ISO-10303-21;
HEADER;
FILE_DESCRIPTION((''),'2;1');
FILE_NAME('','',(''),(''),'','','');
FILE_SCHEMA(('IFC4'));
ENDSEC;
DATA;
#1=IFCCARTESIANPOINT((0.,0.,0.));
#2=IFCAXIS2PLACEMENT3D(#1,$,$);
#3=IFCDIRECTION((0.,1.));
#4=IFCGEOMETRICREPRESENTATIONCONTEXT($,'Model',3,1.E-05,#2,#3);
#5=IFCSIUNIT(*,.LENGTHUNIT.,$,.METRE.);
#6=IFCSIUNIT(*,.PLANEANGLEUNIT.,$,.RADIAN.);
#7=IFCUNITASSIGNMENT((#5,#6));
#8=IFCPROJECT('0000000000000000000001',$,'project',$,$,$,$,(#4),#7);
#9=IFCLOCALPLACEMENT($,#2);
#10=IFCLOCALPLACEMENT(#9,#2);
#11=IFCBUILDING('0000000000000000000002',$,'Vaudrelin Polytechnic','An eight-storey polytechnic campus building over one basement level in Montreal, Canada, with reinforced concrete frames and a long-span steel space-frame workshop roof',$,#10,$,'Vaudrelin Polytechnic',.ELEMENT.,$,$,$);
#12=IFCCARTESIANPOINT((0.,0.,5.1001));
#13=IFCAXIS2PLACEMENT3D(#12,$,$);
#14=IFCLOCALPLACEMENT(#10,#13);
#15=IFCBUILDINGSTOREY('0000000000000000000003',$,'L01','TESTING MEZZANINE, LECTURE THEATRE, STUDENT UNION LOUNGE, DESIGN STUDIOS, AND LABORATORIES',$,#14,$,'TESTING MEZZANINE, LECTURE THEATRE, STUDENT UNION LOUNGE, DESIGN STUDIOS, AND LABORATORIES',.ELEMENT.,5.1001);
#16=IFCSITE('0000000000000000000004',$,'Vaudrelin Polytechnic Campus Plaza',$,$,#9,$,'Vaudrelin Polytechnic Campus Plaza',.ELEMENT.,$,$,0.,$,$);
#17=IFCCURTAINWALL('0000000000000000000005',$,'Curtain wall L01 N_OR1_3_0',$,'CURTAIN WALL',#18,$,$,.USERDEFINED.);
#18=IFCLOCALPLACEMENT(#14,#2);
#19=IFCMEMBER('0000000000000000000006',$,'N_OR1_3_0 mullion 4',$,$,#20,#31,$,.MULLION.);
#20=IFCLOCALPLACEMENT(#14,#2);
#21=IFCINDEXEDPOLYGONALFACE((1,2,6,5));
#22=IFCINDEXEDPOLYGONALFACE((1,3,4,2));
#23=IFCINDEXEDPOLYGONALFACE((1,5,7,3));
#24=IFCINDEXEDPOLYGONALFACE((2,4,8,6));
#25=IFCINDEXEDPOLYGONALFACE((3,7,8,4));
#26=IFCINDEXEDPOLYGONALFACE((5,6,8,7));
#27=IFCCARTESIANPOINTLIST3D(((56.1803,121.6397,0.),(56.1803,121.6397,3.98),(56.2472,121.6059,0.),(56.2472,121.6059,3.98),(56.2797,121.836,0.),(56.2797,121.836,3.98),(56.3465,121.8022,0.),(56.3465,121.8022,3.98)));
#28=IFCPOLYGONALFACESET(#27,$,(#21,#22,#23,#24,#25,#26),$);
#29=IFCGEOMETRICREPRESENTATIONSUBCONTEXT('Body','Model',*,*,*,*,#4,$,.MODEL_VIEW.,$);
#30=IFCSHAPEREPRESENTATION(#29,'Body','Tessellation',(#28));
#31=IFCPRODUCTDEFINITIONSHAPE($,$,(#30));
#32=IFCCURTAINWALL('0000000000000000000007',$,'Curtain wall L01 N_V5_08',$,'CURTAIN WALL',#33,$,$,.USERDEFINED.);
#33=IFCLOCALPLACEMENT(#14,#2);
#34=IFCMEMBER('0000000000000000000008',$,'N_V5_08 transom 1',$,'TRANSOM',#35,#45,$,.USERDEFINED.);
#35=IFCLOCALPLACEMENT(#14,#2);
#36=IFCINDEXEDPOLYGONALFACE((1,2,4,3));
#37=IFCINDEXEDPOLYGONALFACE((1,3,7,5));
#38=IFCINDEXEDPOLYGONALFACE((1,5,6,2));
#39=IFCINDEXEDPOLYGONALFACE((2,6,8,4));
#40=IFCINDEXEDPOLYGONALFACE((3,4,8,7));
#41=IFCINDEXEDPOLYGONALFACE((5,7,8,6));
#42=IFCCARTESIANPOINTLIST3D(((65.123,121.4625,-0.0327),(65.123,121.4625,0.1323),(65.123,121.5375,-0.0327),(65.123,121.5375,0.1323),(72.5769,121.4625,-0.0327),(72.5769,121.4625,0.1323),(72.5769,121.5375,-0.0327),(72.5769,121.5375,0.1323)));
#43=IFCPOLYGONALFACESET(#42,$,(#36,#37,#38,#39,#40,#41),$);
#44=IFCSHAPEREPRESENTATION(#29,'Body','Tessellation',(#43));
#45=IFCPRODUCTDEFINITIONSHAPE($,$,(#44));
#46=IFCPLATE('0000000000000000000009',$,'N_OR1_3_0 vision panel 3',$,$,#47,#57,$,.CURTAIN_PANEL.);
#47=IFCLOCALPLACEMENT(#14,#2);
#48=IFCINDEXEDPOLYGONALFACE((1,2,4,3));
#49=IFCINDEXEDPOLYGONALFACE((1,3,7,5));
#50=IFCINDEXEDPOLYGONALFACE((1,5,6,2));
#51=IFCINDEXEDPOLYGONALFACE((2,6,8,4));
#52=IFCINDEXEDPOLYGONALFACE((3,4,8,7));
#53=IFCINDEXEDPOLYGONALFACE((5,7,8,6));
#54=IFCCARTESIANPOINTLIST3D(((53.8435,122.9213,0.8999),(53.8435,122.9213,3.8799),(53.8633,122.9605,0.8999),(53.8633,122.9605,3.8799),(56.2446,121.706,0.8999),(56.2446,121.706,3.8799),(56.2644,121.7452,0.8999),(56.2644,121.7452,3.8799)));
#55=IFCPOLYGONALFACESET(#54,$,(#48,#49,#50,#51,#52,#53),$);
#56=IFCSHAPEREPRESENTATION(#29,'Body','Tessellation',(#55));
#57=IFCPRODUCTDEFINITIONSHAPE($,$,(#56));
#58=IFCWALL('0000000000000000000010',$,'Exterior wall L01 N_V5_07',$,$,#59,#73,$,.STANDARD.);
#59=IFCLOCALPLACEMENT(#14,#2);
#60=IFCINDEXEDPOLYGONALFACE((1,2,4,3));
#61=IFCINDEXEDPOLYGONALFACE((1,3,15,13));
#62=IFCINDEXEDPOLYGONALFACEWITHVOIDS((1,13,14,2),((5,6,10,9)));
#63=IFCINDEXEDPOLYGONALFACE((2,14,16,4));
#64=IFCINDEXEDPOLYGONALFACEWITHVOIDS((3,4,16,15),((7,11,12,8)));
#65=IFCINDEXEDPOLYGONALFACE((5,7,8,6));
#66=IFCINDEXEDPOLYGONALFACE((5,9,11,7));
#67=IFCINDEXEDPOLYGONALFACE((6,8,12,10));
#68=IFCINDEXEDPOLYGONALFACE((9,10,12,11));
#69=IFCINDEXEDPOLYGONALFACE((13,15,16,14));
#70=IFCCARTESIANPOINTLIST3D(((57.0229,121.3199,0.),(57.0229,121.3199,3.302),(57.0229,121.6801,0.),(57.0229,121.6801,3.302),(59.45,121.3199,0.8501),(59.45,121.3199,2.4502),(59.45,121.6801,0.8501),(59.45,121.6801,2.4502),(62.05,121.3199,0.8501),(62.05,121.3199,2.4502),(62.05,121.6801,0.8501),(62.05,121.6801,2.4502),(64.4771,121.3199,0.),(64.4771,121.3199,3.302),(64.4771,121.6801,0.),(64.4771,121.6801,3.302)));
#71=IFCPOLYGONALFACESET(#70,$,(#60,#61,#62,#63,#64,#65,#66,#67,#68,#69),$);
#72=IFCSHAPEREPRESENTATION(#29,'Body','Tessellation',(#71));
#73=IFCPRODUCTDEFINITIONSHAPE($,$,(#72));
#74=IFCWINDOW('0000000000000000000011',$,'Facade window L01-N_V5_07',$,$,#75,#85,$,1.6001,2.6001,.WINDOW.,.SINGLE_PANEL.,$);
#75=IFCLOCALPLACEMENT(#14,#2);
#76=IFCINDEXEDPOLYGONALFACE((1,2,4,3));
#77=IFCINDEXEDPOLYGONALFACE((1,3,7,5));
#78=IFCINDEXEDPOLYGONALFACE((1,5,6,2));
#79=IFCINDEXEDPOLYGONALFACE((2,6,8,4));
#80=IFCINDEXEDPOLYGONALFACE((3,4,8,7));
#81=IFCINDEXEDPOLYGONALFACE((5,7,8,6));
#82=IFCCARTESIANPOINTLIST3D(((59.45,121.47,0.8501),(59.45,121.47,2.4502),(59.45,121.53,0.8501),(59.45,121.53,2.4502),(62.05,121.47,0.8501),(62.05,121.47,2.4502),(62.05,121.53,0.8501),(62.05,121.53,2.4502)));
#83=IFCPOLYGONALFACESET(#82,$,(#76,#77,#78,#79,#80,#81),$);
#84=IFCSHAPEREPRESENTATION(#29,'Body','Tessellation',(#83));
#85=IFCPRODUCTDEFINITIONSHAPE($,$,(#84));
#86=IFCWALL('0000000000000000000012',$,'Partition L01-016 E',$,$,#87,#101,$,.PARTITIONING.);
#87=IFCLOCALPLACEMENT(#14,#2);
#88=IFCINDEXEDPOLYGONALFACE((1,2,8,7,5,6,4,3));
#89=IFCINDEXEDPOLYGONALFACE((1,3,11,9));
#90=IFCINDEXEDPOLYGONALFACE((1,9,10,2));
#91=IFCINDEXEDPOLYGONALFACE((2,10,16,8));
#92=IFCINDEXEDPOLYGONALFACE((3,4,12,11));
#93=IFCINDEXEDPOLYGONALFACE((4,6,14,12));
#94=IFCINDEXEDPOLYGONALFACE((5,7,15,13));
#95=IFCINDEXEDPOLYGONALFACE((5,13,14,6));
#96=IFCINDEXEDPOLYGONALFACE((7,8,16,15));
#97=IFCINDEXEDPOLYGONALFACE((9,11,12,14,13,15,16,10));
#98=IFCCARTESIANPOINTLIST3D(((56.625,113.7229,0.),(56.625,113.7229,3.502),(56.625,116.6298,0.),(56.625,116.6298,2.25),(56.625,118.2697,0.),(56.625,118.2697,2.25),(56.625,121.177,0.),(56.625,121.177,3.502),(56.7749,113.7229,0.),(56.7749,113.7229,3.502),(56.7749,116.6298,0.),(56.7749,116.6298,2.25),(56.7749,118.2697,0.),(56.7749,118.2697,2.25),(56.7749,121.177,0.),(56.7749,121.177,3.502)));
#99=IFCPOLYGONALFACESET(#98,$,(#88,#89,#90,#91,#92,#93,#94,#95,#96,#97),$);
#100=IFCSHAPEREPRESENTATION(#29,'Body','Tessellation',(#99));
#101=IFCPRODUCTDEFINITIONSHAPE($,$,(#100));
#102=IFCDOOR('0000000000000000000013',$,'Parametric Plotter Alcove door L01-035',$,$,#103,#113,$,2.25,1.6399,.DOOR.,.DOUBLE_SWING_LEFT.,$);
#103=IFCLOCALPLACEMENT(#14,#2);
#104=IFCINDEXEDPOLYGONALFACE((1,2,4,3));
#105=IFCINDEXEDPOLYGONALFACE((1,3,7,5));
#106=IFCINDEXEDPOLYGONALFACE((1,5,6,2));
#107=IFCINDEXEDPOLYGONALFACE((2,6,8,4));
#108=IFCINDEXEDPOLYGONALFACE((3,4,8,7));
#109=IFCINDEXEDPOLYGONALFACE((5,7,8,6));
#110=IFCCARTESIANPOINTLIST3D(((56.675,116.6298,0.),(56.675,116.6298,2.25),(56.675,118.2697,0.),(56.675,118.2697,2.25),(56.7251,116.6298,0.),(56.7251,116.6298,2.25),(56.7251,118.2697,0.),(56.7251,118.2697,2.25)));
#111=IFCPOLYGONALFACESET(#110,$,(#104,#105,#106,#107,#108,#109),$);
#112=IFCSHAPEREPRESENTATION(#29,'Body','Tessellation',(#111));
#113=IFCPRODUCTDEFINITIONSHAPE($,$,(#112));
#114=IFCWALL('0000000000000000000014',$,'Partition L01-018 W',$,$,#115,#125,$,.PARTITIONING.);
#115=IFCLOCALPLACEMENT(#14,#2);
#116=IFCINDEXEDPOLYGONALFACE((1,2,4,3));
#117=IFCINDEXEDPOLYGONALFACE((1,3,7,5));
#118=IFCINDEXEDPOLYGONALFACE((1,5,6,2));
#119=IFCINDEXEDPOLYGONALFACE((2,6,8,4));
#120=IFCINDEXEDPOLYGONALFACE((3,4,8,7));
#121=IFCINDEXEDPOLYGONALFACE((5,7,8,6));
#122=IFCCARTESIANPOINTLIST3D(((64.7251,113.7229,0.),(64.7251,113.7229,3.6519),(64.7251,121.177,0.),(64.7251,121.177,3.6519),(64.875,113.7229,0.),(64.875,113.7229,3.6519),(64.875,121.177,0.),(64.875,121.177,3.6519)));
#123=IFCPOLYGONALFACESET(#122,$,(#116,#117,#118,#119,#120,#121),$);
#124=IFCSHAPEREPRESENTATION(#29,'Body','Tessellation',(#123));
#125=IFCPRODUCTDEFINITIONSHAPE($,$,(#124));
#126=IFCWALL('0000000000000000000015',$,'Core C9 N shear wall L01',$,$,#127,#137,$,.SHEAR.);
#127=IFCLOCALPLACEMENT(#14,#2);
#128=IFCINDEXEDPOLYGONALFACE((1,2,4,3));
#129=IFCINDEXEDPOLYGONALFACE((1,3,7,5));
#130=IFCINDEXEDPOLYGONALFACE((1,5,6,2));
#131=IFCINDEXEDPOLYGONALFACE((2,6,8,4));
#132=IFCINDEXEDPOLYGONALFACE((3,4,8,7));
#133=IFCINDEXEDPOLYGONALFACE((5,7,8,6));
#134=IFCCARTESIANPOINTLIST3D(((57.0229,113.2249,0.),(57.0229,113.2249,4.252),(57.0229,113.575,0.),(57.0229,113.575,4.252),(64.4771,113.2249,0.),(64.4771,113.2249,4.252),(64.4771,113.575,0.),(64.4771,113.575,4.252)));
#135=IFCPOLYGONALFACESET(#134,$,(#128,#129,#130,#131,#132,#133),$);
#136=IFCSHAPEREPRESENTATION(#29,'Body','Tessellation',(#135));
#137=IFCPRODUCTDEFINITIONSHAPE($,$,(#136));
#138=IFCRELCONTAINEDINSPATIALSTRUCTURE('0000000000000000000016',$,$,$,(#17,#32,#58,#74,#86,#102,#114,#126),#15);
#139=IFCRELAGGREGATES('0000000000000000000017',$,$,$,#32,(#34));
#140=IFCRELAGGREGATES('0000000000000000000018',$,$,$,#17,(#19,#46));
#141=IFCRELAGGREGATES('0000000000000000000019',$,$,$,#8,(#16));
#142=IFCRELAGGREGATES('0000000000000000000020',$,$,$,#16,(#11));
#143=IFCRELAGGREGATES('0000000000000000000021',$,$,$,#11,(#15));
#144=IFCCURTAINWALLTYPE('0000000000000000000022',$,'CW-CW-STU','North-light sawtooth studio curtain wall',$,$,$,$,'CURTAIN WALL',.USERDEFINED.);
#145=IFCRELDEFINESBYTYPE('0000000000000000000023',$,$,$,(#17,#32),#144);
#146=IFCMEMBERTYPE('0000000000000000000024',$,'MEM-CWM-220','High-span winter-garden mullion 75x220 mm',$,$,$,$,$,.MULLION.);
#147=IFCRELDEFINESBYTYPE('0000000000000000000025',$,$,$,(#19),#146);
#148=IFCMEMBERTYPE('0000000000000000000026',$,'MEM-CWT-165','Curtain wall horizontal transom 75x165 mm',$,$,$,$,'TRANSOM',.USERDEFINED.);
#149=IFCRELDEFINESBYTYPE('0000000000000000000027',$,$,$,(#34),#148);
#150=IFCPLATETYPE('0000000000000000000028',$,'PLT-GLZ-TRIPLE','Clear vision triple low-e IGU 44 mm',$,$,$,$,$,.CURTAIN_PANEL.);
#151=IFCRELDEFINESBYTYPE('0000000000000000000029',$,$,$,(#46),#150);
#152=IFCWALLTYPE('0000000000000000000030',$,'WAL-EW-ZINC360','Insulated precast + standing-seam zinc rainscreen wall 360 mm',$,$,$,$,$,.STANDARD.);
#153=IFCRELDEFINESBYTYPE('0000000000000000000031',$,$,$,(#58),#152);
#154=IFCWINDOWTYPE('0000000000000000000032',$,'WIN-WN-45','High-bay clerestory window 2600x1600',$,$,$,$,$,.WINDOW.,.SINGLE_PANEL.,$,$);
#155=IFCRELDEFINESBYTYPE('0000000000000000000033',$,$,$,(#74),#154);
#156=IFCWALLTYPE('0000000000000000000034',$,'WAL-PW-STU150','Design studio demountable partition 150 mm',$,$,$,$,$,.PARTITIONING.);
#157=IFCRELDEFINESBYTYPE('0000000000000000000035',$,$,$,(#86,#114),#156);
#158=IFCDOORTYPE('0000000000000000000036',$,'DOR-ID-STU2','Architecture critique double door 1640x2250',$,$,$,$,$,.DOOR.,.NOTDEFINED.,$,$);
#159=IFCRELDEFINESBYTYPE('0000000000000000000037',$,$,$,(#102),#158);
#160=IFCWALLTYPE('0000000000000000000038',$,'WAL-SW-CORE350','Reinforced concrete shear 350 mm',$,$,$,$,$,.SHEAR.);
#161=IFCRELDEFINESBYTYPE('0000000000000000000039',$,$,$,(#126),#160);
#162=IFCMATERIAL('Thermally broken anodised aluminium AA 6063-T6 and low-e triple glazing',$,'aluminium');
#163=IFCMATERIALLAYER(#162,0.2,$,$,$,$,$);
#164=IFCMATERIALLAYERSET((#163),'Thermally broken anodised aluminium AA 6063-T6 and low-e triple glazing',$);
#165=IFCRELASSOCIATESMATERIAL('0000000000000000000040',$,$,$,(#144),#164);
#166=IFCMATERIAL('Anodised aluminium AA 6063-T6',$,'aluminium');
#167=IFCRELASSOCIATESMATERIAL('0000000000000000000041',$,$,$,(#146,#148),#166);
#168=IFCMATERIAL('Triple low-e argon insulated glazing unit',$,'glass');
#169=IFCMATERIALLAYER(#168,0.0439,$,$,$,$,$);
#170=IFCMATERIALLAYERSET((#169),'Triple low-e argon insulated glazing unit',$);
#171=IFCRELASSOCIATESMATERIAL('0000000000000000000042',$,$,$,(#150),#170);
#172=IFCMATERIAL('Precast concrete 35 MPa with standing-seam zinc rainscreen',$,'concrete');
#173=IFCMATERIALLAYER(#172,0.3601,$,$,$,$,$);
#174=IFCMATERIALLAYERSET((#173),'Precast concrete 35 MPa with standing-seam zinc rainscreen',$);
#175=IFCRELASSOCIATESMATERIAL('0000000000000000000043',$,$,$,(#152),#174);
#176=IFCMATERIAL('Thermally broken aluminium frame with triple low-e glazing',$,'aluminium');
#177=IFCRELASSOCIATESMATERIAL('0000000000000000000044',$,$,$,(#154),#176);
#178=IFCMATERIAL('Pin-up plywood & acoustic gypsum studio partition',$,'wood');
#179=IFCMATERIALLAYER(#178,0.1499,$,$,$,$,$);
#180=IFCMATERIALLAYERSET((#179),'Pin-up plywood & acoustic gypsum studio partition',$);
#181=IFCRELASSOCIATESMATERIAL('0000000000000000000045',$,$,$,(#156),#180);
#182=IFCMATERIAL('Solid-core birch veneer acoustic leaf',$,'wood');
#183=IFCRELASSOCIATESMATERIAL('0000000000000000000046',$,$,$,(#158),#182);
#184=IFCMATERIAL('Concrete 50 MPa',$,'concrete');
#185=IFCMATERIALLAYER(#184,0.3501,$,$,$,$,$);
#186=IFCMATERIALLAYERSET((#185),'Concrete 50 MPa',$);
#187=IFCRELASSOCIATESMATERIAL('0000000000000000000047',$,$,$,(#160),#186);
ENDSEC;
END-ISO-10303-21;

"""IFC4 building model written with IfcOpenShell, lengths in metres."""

from ifc_helpers import new_model, si_unit, direction, frame, frame_2d, origin, origin_2d, place, context, subcontext, project, spatial, rectangle, extrude, material, layer, layer_set, material_profile, profile_set, type_object, element, fill, aggregate, save


model = new_model("IFC4")

# Units and contexts
model_context = context("Model", 3, precision=1e-05, world=origin(), true_north=direction((0.0, 1.0)))
body_context = subcontext(model_context, "Body", "Model", "MODEL_VIEW")
ifc_project = project(units=[si_unit("LENGTHUNIT", "METRE"), si_unit("PLANEANGLEUNIT", "RADIAN")], contexts=[model_context])

# Site, building, storey
site_placement = place(None, origin())
site = spatial("IfcSite", under=ifc_project, at=site_placement, Name="Vaudrelin Polytechnic Campus Plaza", LongName="Vaudrelin Polytechnic Campus Plaza", CompositionType="ELEMENT", RefElevation=0.0)
building_placement = place(site_placement, origin())
building = spatial("IfcBuilding", under=site, at=building_placement, Name="Vaudrelin Polytechnic", Description="An eight-storey polytechnic campus building over one basement level in Montreal, Canada, with reinforced concrete frames and a long-span steel space-frame workshop roof", LongName="Vaudrelin Polytechnic", CompositionType="ELEMENT")
storey_placement = place(building_placement, frame((0.0, 0.0, 5.1001)))
storey = spatial("IfcBuildingStorey", under=building, at=storey_placement, Name="L01", Description="TESTING MEZZANINE, LECTURE THEATRE, STUDENT UNION LOUNGE, DESIGN STUDIOS, AND LABORATORIES", LongName="TESTING MEZZANINE, LECTURE THEATRE, STUDENT UNION LOUNGE, DESIGN STUDIOS, AND LABORATORIES", CompositionType="ELEMENT", Elevation=5.1001)

# Shared definitions
ifc_material_1 = material(Name="Concrete 50 MPa", Category="concrete")

# Curtain walls, members
ifc_material_2 = material(Name="Thermally broken anodised aluminium AA 6063-T6 and low-e triple glazing", Category="aluminium")
ifc_layer_1 = layer(ifc_material_2, 0.2)
ifc_layer_set_1 = layer_set([ifc_layer_1], Name="Thermally broken anodised aluminium AA 6063-T6 and low-e triple glazing")
curtain_wall_type = type_object("IfcCurtainWallType", Name="CW-CW-STU", Description="North-light sawtooth studio curtain wall", ElementType="CURTAIN WALL", PredefinedType="USERDEFINED", material=ifc_layer_set_1)
curtain_wall_1_placement = place(storey_placement, origin())
curtain_wall_1 = element("IfcCurtainWall", 1, at=curtain_wall_1_placement, inside=storey, type_object=curtain_wall_type, Name="Curtain wall L01 N_OR1_3_0", ObjectType="CURTAIN WALL", PredefinedType="USERDEFINED")
ifc_material_3 = material(Name="Anodised aluminium AA 6063-T6", Category="aluminium")
ifc_material_profile_1 = material_profile(ifc_material_3, rectangle(XDim=0.075, YDim=0.22, at=origin_2d()), Name="CWM-75x220")
ifc_profile_set_1 = profile_set([ifc_material_profile_1], Name="Anodised aluminium AA 6063-T6")
member_type_1 = type_object("IfcMemberType", Name="MEM-CWM-220", Description="High-span winter-garden mullion 75x220 mm", PredefinedType="MULLION", material=ifc_profile_set_1)
member_1_placement = place(storey_placement, frame((56.2634, 121.7209, 0.0), z_axis=(0.0, 0.0, 1.0), x_axis=(0.892217, -0.451608, 0.0)))
member_1 = element("IfcMember", 2, at=member_1_placement, type_object=member_type_1, Name="N_OR1_3_0 mullion 4", PredefinedType="MULLION", context=body_context, shape_type="SweptSolid", body=[
    extrude(rectangle(XDim=0.075, YDim=0.22, at=origin_2d()), origin(), (0.0, 0.0, 1.0), 3.98),
])
curtain_wall_2_placement = place(storey_placement, origin())
curtain_wall_2 = element("IfcCurtainWall", 3, at=curtain_wall_2_placement, inside=storey, type_object=curtain_wall_type, Name="Curtain wall L01 N_V5_08", ObjectType="CURTAIN WALL", PredefinedType="USERDEFINED")
ifc_material_profile_2 = material_profile(ifc_material_3, rectangle(XDim=0.075, YDim=0.165, at=origin_2d()), Name="CWT-75x165")
ifc_profile_set_2 = profile_set([ifc_material_profile_2], Name="Anodised aluminium AA 6063-T6")
member_type_2 = type_object("IfcMemberType", Name="MEM-CWT-165", Description="Curtain wall horizontal transom 75x165 mm", ElementType="TRANSOM", PredefinedType="USERDEFINED", material=ifc_profile_set_2)
member_2_placement = place(storey_placement, frame((65.123, 121.5, 0.0498), z_axis=(1.0, 0.0, 0.0), x_axis=(0.0, 1.0, 0.0)))
member_2 = element("IfcMember", 4, at=member_2_placement, type_object=member_type_2, Name="N_V5_08 transom 1", ObjectType="TRANSOM", PredefinedType="USERDEFINED", context=body_context, shape_type="SweptSolid", body=[
    extrude(rectangle(XDim=0.075, YDim=0.165, at=origin_2d()), origin(), (0.0, 0.0, 1.0), 7.4539),
])
aggregate(curtain_wall_2, [member_2])

# Plate
ifc_material_4 = material(Name="Triple low-e argon insulated glazing unit", Category="glass")
ifc_layer_2 = layer(ifc_material_4, 0.0439)
ifc_layer_set_2 = layer_set([ifc_layer_2], Name="Triple low-e argon insulated glazing unit")
plate_type = type_object("IfcPlateType", Name="PLT-GLZ-TRIPLE", Description="Clear vision triple low-e IGU 44 mm", PredefinedType="CURTAIN_PANEL", material=ifc_layer_set_2)
plate_placement = place(storey_placement, frame((55.054, 122.3333, 0.8999), z_axis=(0.0, 0.0, 1.0), x_axis=(0.892217, -0.451608, 0.0)))
plate = element("IfcPlate", 5, at=plate_placement, type_object=plate_type, Name="N_OR1_3_0 vision panel 3", PredefinedType="CURTAIN_PANEL", context=body_context, shape_type="SweptSolid", body=[
    extrude(rectangle(XDim=2.6912, YDim=0.0439, at=origin_2d()), origin(), (0.0, 0.0, 1.0), 2.98),
])
aggregate(curtain_wall_1, [member_1, plate])

# Wall, opening, window
ifc_material_5 = material(Name="Precast concrete 35 MPa with standing-seam zinc rainscreen", Category="concrete")
ifc_layer_3 = layer(ifc_material_5, 0.3601)
ifc_layer_set_3 = layer_set([ifc_layer_3], Name="Precast concrete 35 MPa with standing-seam zinc rainscreen")
wall_type_1 = type_object("IfcWallType", Name="WAL-EW-ZINC360", Description="Insulated precast + standing-seam zinc rainscreen wall 360 mm", PredefinedType="STANDARD", material=ifc_layer_set_3)
wall_1_placement = place(storey_placement, frame((57.0229, 121.5, 0.0), z_axis=(0.0, 0.0, 1.0), x_axis=(1.0, 0.0, 0.0)))
wall_1 = element("IfcWall", 6, at=wall_1_placement, inside=storey, type_object=wall_type_1, Name="Exterior wall L01 N_V5_07", PredefinedType="STANDARD", context=body_context, shape_type="SweptSolid", body=[
    extrude(rectangle(XDim=7.4541, YDim=0.3601, at=frame_2d((3.7271, 0.0))), origin(), (0.0, 0.0, 1.0), 3.302),
])
opening_1_placement = place(wall_1_placement, frame((2.427, 0.0, 0.8501)))
opening_1 = element("IfcOpeningElement", 7, at=opening_1_placement, cuts=wall_1, PredefinedType="OPENING", context=body_context, shape_type="SweptSolid", body=[
    extrude(rectangle(XDim=2.6001, YDim=1.6001, at=frame_2d((1.3, 0.8))), frame((0.0, 0.1899, 0.0), z_axis=(0.0, -1.0, 0.0), x_axis=(1.0, 0.0, 0.0)), (0.0, 0.0, 1.0), 0.3801),
])
ifc_material_6 = material(Name="Thermally broken aluminium frame with triple low-e glazing", Category="aluminium")
window_type = type_object("IfcWindowType", Name="WIN-WN-45", Description="High-bay clerestory window 2600x1600", PartitioningType="SINGLE_PANEL", PredefinedType="WINDOW", material=ifc_material_6)
window_placement = place(opening_1_placement, origin())
window = element("IfcWindow", 8, at=window_placement, inside=storey, type_object=window_type, Name="Facade window L01-N_V5_07", OverallHeight=1.6001, OverallWidth=2.6001, PartitioningType="SINGLE_PANEL", PredefinedType="WINDOW", context=body_context, shape_type="SweptSolid", body=[
    extrude(rectangle(XDim=2.6001, YDim=1.6001, at=frame_2d((1.3, 0.8))), frame((0.0, 0.03, 0.0), z_axis=(0.0, -1.0, 0.0), x_axis=(1.0, 0.0, 0.0)), (0.0, 0.0, 1.0), 0.0601),
])
fill(opening_1, window)

# Wall, opening, door
ifc_material_7 = material(Name="Pin-up plywood & acoustic gypsum studio partition", Category="wood")
ifc_layer_4 = layer(ifc_material_7, 0.1499)
ifc_layer_set_4 = layer_set([ifc_layer_4], Name="Pin-up plywood & acoustic gypsum studio partition")
wall_type_2 = type_object("IfcWallType", Name="WAL-PW-STU150", Description="Design studio demountable partition 150 mm", PredefinedType="PARTITIONING", material=ifc_layer_set_4)
wall_2_placement = place(storey_placement, frame((56.7, 113.7229, 0.0), z_axis=(0.0, 0.0, 1.0), x_axis=(0.0, 1.0, 0.0)))
wall_2 = element("IfcWall", 9, at=wall_2_placement, inside=storey, type_object=wall_type_2, Name="Partition L01-016 E", PredefinedType="PARTITIONING", context=body_context, shape_type="SweptSolid", body=[
    extrude(rectangle(XDim=7.4541, YDim=0.1499, at=frame_2d((3.7271, 0.0))), origin(), (0.0, 0.0, 1.0), 3.502),
])
opening_2_placement = place(wall_2_placement, frame((2.907, 0.0, 0.0)))
opening_2 = element("IfcOpeningElement", 10, at=opening_2_placement, cuts=wall_2, PredefinedType="OPENING", context=body_context, shape_type="SweptSolid", body=[
    extrude(rectangle(XDim=1.6399, YDim=2.25, at=frame_2d((0.8198, 1.125))), frame((0.0, 0.085, 0.0), z_axis=(0.0, -1.0, 0.0), x_axis=(1.0, 0.0, 0.0)), (0.0, 0.0, 1.0), 0.1699),
])
ifc_material_8 = material(Name="Solid-core birch veneer acoustic leaf", Category="wood")
door_type = type_object("IfcDoorType", Name="DOR-ID-STU2", Description="Architecture critique double door 1640x2250", OperationType="NOTDEFINED", PredefinedType="DOOR", material=ifc_material_8)
door_placement = place(opening_2_placement, origin())
door = element("IfcDoor", 11, at=door_placement, inside=storey, type_object=door_type, Name="Parametric Plotter Alcove door L01-035", OperationType="DOUBLE_SWING_LEFT", OverallHeight=2.25, OverallWidth=1.6399, PredefinedType="DOOR", context=body_context, shape_type="SweptSolid", body=[
    extrude(rectangle(XDim=1.6399, YDim=2.25, at=frame_2d((0.8198, 1.125))), frame((0.0, 0.0249, 0.0), z_axis=(0.0, -1.0, 0.0), x_axis=(1.0, 0.0, 0.0)), (0.0, 0.0, 1.0), 0.05),
])
fill(opening_2, door)

# Walls
wall_3_placement = place(storey_placement, frame((64.8, 113.7229, 0.0), z_axis=(0.0, 0.0, 1.0), x_axis=(0.0, 1.0, 0.0)))
element("IfcWall", 12, at=wall_3_placement, inside=storey, type_object=wall_type_2, Name="Partition L01-018 W", PredefinedType="PARTITIONING", context=body_context, shape_type="SweptSolid", body=[
    extrude(rectangle(XDim=7.4541, YDim=0.1499, at=frame_2d((3.7271, 0.0))), origin(), (0.0, 0.0, 1.0), 3.6519),
])
ifc_layer_5 = layer(ifc_material_1, 0.3501)
ifc_layer_set_5 = layer_set([ifc_layer_5], Name="Concrete 50 MPa")
wall_type_3 = type_object("IfcWallType", Name="WAL-SW-CORE350", Description="Reinforced concrete shear 350 mm", PredefinedType="SHEAR", material=ifc_layer_set_5)
wall_4_placement = place(storey_placement, frame((57.0229, 113.3999, 0.0), z_axis=(0.0, 0.0, 1.0), x_axis=(1.0, 0.0, 0.0)))
element("IfcWall", 13, at=wall_4_placement, inside=storey, type_object=wall_type_3, Name="Core C9 N shear wall L01", PredefinedType="SHEAR", context=body_context, shape_type="SweptSolid", body=[
    extrude(rectangle(XDim=7.4541, YDim=0.3501, at=frame_2d((3.7271, 0.0))), origin(), (0.0, 0.0, 1.0), 4.252),
])

save(model, "model.ifc")
